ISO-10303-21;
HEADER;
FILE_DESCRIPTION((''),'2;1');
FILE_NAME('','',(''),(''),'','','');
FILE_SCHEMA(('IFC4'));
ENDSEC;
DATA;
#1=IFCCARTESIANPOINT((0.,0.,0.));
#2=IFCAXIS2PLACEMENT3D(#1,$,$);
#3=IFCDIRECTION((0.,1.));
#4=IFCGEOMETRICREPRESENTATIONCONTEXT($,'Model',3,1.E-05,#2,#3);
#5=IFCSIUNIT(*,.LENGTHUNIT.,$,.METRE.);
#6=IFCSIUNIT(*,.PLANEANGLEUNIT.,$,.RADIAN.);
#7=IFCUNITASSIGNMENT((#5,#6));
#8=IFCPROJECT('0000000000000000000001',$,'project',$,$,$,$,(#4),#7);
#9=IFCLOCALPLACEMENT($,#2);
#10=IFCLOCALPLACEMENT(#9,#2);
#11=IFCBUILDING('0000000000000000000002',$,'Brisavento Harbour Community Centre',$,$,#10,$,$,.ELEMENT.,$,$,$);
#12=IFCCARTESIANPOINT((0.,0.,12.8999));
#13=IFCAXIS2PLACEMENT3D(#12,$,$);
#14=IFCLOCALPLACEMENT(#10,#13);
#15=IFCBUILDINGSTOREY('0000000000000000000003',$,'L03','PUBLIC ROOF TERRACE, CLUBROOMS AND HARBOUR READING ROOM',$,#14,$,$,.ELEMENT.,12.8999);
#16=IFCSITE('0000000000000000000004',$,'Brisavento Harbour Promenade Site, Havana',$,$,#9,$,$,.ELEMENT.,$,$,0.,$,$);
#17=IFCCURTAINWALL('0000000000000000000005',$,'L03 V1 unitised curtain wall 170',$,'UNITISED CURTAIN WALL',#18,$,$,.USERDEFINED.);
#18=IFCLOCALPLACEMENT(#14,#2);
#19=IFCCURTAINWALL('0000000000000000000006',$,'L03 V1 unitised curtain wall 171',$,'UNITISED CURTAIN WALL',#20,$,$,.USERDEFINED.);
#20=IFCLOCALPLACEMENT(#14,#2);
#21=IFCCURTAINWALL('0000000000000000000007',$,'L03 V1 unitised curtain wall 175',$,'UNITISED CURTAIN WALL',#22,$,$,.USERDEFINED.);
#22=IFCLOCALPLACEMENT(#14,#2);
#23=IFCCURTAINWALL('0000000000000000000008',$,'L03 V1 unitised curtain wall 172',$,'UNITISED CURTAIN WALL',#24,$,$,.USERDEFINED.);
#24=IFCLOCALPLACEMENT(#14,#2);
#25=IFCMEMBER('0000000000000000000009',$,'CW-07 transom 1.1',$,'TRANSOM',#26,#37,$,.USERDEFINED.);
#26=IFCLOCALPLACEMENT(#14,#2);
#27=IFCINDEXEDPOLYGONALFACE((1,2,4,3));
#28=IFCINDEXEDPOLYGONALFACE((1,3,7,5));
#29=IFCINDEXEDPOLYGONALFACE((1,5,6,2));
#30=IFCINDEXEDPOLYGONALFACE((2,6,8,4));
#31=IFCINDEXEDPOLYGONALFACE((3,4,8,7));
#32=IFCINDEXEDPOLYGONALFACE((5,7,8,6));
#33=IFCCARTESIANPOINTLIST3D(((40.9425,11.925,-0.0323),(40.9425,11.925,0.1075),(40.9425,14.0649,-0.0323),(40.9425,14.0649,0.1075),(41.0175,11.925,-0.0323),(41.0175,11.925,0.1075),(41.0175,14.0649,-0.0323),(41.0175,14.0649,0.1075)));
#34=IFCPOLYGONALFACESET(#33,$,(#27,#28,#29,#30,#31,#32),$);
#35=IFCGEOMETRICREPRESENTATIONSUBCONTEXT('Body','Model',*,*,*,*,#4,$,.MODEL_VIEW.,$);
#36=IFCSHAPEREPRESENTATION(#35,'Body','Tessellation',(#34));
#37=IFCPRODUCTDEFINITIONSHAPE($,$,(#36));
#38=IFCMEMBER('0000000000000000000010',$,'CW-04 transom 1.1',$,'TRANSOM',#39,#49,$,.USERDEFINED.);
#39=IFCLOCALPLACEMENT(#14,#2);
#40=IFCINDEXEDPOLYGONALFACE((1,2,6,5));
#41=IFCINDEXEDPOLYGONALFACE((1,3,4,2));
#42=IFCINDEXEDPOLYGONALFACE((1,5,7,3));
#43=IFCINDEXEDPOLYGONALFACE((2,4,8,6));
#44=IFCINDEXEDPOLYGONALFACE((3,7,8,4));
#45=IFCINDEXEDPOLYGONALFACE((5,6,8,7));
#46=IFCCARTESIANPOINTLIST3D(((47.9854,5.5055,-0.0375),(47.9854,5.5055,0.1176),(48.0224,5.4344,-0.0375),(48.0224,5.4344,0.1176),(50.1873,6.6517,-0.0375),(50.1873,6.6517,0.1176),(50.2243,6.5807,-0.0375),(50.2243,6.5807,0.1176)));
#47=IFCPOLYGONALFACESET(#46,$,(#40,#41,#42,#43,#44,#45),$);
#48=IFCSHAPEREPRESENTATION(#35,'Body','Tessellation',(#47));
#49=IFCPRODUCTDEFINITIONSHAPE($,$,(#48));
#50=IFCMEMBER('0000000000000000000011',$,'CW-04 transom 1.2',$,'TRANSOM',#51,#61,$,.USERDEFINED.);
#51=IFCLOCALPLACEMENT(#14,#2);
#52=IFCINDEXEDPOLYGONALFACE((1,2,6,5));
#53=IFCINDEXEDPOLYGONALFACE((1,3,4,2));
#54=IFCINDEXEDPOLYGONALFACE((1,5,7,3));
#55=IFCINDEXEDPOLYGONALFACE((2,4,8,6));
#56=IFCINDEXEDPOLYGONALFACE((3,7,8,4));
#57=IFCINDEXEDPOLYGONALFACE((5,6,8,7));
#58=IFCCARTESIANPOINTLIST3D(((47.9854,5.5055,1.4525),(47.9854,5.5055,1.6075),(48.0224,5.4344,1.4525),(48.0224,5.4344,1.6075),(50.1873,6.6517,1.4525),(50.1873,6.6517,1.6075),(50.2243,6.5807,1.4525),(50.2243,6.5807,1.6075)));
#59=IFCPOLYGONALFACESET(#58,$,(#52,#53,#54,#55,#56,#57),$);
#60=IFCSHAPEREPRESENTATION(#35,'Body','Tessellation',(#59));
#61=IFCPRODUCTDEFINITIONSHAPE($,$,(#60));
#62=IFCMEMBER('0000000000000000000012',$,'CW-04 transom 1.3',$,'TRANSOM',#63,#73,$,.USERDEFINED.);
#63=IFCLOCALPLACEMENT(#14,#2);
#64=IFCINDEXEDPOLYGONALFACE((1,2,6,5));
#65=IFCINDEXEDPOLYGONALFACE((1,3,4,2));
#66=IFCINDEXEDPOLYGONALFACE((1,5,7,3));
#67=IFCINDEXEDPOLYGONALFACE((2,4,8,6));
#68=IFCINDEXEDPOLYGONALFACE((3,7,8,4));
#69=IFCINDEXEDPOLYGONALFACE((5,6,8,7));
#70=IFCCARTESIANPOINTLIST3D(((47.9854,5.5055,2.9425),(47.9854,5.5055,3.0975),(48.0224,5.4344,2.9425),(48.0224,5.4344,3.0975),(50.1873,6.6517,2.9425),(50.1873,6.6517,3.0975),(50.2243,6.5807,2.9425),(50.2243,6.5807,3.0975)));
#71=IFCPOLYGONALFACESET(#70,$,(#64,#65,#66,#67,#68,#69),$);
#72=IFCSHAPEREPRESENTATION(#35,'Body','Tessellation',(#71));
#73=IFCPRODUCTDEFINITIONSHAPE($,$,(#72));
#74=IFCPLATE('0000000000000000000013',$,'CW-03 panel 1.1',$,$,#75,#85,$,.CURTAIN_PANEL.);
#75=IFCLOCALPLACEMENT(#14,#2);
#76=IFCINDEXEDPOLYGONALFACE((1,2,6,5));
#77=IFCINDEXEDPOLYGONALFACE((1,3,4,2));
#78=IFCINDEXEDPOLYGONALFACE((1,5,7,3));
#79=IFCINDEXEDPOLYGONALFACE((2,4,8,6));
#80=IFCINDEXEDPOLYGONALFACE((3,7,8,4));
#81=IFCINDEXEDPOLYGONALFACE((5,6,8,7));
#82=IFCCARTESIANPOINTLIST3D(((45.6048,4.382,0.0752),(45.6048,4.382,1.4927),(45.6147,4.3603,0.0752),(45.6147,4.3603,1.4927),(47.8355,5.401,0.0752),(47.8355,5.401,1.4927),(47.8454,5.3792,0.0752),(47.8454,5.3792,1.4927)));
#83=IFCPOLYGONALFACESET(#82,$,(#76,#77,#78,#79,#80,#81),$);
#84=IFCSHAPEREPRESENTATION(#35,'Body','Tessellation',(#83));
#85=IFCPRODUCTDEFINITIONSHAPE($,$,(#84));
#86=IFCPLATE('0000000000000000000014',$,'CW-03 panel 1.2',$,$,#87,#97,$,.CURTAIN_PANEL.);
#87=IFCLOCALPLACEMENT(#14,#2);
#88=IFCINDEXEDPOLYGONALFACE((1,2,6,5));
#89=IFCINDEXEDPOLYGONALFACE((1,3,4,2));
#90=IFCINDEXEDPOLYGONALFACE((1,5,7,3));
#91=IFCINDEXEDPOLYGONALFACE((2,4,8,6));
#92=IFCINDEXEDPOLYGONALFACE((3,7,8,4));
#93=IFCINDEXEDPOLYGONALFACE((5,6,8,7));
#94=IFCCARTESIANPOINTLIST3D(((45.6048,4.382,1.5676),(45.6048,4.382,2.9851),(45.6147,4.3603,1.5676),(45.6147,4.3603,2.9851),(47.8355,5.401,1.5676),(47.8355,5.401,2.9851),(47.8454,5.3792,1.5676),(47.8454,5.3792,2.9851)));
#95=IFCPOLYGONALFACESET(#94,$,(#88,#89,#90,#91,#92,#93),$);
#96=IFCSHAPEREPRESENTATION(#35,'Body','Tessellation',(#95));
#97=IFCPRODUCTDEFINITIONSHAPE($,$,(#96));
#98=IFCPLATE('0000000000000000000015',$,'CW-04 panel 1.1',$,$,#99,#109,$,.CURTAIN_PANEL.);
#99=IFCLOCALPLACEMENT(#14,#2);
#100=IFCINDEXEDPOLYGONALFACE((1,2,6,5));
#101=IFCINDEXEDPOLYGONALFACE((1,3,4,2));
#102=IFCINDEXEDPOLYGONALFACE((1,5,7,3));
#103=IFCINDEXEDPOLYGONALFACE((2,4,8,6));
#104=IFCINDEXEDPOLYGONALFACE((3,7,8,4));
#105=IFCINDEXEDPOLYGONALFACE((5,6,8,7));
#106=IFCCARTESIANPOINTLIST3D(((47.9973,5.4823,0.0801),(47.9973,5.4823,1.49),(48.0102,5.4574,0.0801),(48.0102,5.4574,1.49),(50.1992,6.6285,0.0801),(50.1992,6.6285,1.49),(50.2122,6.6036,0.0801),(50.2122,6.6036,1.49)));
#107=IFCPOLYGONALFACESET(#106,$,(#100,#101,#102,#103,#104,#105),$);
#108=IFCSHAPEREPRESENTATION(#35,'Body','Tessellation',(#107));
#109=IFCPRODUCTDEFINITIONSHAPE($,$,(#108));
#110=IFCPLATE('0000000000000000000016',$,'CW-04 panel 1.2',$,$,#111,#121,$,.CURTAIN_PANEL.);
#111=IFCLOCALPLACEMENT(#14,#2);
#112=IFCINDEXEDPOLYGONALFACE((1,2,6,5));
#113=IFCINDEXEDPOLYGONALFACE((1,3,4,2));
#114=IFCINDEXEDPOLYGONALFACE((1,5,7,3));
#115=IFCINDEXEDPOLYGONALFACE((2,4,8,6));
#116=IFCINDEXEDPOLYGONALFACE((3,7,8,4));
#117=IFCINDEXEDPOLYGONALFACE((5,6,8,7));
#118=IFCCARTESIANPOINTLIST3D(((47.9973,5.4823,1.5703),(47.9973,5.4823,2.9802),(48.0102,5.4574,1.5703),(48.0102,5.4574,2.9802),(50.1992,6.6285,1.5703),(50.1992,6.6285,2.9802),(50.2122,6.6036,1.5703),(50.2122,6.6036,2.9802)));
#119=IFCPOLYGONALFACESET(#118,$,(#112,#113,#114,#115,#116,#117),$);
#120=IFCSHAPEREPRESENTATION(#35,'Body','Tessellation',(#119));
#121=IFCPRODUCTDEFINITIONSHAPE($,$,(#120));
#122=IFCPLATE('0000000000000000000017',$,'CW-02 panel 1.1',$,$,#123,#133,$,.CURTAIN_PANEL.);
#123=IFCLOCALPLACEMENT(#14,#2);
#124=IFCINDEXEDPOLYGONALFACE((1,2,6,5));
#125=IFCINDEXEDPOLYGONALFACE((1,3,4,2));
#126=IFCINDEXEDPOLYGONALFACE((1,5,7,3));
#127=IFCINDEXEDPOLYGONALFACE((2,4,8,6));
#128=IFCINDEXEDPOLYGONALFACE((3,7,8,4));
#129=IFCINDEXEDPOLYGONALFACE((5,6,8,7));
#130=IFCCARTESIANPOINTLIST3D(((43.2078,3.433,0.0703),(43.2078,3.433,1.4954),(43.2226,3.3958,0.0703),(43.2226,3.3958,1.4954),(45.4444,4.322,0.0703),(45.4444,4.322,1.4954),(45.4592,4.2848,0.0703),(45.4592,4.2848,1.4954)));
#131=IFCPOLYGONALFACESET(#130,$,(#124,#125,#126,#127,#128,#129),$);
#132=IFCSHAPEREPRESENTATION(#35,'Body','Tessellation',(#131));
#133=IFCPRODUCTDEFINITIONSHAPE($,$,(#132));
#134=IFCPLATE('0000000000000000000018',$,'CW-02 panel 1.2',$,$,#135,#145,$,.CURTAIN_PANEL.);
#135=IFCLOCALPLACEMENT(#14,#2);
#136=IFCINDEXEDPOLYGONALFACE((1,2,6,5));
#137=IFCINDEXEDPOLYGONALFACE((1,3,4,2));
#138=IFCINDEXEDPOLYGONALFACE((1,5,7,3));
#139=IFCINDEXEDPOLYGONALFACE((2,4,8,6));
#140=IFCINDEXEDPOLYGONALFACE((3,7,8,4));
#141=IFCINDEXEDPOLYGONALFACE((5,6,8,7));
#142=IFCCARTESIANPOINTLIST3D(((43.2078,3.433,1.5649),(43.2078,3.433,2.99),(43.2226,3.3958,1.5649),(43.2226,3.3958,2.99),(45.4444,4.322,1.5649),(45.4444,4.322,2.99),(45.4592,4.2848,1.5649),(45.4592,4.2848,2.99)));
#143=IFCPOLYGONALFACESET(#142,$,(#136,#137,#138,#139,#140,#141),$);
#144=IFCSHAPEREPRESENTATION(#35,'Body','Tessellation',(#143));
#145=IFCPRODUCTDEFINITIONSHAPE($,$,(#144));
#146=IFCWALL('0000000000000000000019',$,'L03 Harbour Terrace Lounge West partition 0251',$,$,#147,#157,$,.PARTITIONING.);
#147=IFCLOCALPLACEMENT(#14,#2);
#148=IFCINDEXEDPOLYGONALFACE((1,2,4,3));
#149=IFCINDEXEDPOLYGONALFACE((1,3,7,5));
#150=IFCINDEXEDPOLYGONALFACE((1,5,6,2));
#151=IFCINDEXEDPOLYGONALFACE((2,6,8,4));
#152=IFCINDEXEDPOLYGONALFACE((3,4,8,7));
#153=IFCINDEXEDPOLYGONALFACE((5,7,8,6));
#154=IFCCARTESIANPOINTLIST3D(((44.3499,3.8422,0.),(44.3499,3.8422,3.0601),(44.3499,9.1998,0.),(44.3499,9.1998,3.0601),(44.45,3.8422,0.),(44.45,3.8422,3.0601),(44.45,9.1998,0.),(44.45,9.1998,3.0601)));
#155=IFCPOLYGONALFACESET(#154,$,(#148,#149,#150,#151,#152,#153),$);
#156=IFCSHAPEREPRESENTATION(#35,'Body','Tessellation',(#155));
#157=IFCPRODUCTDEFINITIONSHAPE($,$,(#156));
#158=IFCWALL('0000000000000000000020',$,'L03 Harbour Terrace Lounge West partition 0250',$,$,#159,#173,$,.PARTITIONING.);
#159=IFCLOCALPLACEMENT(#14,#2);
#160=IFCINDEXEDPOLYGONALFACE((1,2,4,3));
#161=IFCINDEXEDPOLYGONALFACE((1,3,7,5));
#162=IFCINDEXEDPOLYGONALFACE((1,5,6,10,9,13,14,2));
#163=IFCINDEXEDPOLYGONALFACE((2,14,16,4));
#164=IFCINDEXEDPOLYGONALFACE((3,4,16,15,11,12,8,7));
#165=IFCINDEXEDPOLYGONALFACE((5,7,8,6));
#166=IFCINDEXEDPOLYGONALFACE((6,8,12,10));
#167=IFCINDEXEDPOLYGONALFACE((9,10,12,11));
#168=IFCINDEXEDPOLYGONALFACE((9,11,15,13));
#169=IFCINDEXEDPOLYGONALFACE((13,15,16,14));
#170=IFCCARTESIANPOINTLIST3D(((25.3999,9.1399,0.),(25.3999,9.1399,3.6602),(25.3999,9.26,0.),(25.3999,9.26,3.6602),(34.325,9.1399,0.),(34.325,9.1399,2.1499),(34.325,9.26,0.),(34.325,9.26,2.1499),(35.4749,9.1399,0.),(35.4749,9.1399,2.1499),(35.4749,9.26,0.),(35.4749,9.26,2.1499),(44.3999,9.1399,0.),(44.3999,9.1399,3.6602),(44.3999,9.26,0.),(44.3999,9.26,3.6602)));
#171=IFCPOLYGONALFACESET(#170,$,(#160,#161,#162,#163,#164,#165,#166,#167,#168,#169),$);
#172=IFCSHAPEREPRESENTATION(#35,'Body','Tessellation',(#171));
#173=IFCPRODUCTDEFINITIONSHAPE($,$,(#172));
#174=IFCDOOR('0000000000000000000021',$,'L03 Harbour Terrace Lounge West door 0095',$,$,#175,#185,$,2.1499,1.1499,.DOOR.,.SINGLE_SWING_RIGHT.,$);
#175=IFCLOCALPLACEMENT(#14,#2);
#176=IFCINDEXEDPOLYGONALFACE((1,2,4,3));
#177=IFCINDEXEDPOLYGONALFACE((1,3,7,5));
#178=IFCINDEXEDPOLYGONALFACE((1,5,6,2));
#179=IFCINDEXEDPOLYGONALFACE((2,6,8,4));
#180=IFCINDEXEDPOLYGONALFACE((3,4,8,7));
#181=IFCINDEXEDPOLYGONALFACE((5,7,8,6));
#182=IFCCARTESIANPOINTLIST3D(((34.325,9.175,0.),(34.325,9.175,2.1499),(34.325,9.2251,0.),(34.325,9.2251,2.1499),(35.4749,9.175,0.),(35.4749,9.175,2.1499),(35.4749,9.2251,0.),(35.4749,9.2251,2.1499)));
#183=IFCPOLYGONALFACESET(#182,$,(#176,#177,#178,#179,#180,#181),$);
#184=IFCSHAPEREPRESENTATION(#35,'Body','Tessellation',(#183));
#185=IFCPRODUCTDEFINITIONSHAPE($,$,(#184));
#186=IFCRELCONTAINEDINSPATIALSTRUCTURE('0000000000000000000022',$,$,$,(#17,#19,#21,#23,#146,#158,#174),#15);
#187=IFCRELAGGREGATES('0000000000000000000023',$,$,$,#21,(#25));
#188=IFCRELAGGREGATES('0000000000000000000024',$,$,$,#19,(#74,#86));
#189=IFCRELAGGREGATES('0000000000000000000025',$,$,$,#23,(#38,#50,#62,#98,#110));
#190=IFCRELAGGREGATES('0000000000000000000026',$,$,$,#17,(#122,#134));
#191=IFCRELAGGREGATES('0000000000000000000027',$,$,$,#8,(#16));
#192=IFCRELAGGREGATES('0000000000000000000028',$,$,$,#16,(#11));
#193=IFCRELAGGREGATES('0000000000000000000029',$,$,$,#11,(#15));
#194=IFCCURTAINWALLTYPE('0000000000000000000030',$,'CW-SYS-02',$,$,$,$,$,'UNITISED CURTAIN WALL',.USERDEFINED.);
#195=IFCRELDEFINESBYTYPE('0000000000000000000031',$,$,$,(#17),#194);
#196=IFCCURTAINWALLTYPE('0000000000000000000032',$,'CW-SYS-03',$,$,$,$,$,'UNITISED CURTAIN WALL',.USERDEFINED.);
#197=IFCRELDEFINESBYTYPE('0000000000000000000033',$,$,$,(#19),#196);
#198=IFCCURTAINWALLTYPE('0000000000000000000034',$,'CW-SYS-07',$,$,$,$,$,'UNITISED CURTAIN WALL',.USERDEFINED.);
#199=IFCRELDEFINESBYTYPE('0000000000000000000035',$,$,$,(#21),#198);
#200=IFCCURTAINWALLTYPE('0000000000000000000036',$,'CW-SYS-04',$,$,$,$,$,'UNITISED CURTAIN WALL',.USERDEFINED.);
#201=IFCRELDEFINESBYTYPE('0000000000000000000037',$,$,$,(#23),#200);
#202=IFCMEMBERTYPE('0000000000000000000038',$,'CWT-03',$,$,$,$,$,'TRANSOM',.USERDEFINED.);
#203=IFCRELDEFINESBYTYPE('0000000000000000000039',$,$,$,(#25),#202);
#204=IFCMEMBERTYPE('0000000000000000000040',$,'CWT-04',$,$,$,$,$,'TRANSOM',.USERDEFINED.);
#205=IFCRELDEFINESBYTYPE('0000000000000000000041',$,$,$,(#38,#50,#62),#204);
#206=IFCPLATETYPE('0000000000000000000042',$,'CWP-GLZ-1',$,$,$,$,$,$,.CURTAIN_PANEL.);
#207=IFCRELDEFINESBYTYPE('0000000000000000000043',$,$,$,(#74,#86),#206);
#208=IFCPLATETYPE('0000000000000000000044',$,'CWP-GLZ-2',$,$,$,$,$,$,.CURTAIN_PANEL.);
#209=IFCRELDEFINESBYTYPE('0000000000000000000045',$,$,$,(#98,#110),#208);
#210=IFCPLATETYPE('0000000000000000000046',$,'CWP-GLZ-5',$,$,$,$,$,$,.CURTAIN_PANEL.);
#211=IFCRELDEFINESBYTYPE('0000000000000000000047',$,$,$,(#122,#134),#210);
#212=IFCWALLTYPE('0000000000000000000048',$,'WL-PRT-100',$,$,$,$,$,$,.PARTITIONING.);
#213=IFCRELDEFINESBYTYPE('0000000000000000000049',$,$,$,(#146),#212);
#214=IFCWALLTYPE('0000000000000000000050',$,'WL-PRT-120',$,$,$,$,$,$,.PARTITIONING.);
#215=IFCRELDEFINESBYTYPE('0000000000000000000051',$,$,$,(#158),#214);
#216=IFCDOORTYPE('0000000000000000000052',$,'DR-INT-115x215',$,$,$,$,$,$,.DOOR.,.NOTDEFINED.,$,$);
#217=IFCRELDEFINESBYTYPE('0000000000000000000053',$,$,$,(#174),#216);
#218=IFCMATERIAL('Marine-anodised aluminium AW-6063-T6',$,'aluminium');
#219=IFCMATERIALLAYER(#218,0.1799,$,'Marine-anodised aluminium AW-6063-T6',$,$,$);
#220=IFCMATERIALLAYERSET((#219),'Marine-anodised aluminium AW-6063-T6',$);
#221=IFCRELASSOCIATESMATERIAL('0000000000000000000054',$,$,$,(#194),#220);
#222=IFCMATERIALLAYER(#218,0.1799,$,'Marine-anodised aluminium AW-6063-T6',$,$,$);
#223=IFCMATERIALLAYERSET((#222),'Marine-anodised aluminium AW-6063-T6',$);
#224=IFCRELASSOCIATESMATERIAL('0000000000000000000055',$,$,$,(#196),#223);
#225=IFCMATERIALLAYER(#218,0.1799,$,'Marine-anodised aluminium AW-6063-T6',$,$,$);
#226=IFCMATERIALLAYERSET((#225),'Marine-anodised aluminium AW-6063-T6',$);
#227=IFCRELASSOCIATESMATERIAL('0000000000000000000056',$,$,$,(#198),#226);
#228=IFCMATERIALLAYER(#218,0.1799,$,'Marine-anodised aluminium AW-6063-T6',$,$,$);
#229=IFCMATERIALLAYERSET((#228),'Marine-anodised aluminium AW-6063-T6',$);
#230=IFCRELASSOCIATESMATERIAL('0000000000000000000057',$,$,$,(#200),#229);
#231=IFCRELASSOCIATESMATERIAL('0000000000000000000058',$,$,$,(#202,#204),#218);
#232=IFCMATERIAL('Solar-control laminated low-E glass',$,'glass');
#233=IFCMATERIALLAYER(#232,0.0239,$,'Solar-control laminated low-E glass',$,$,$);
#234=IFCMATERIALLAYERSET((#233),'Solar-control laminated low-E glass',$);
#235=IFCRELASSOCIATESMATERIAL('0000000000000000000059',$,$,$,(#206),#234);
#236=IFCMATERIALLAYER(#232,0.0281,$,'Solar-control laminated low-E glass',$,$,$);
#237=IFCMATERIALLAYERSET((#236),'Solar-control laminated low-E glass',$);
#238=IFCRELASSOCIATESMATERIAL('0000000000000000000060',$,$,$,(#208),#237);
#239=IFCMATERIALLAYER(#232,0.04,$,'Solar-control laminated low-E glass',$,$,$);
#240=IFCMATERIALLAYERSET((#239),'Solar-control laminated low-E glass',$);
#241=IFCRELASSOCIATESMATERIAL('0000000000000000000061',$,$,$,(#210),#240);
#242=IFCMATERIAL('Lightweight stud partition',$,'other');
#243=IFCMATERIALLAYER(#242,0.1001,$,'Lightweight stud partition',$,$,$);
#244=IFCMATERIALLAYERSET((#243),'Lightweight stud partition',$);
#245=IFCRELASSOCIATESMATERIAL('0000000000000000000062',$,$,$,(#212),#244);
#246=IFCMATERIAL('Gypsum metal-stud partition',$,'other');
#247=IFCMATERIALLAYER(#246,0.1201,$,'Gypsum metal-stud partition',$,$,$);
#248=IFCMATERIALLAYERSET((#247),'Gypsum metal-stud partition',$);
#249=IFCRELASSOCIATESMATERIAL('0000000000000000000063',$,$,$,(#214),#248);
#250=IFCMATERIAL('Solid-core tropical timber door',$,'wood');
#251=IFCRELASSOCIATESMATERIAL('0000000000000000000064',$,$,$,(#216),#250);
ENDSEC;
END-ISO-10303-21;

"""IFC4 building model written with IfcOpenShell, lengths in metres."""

from ifc_helpers import new_model, si_unit, direction, frame, frame_2d, origin, origin_2d, place, context, subcontext, project, spatial, rectangle, extrude, material, layer, layer_set, material_profile, profile_set, type_object, element, fill, aggregate, save


model = new_model("IFC4")

# Units and contexts
model_context = context("Model", 3, precision=1e-05, world=origin(), true_north=direction((0.0, 1.0)))
body_context = subcontext(model_context, "Body", "Model", "MODEL_VIEW")
ifc_project = project(units=[si_unit("LENGTHUNIT", "METRE"), si_unit("PLANEANGLEUNIT", "RADIAN")], contexts=[model_context])

# Site, building, storey
site_placement = place(None, origin())
site = spatial("IfcSite", under=ifc_project, at=site_placement, Name="Brisavento Harbour Promenade Site, Havana", CompositionType="ELEMENT", RefElevation=0.0)
building_placement = place(site_placement, origin())
building = spatial("IfcBuilding", under=site, at=building_placement, Name="Brisavento Harbour Community Centre", CompositionType="ELEMENT")
storey_placement = place(building_placement, frame((0.0, 0.0, 12.8999)))
storey = spatial("IfcBuildingStorey", under=building, at=storey_placement, Name="L03", Description="PUBLIC ROOF TERRACE, CLUBROOMS AND HARBOUR READING ROOM", CompositionType="ELEMENT", Elevation=12.8999)

# Shared definitions
ifc_material_1 = material(Name="Marine-anodised aluminium AW-6063-T6", Category="aluminium")

# Curtain walls
ifc_layer_1 = layer(ifc_material_1, 0.1799, Name="Marine-anodised aluminium AW-6063-T6")
ifc_layer_set_1 = layer_set([ifc_layer_1], Name="Marine-anodised aluminium AW-6063-T6")
curtain_wall_type_1 = type_object("IfcCurtainWallType", Name="CW-SYS-02", ElementType="UNITISED CURTAIN WALL", PredefinedType="USERDEFINED", material=ifc_layer_set_1)
curtain_wall_1_placement = place(storey_placement, origin())
curtain_wall_1 = element("IfcCurtainWall", 1, at=curtain_wall_1_placement, inside=storey, type_object=curtain_wall_type_1, Name="L03 V1 unitised curtain wall 170", ObjectType="UNITISED CURTAIN WALL", PredefinedType="USERDEFINED")
ifc_layer_2 = layer(ifc_material_1, 0.1799, Name="Marine-anodised aluminium AW-6063-T6")
ifc_layer_set_2 = layer_set([ifc_layer_2], Name="Marine-anodised aluminium AW-6063-T6")
curtain_wall_type_2 = type_object("IfcCurtainWallType", Name="CW-SYS-03", ElementType="UNITISED CURTAIN WALL", PredefinedType="USERDEFINED", material=ifc_layer_set_2)
curtain_wall_2_placement = place(storey_placement, origin())
curtain_wall_2 = element("IfcCurtainWall", 2, at=curtain_wall_2_placement, inside=storey, type_object=curtain_wall_type_2, Name="L03 V1 unitised curtain wall 171", ObjectType="UNITISED CURTAIN WALL", PredefinedType="USERDEFINED")

# Curtain walls
ifc_layer_3 = layer(ifc_material_1, 0.1799, Name="Marine-anodised aluminium AW-6063-T6")
ifc_layer_set_3 = layer_set([ifc_layer_3], Name="Marine-anodised aluminium AW-6063-T6")
curtain_wall_type_3 = type_object("IfcCurtainWallType", Name="CW-SYS-07", ElementType="UNITISED CURTAIN WALL", PredefinedType="USERDEFINED", material=ifc_layer_set_3)
curtain_wall_3_placement = place(storey_placement, origin())
curtain_wall_3 = element("IfcCurtainWall", 3, at=curtain_wall_3_placement, inside=storey, type_object=curtain_wall_type_3, Name="L03 V1 unitised curtain wall 175", ObjectType="UNITISED CURTAIN WALL", PredefinedType="USERDEFINED")
ifc_layer_4 = layer(ifc_material_1, 0.1799, Name="Marine-anodised aluminium AW-6063-T6")
ifc_layer_set_4 = layer_set([ifc_layer_4], Name="Marine-anodised aluminium AW-6063-T6")
curtain_wall_type_4 = type_object("IfcCurtainWallType", Name="CW-SYS-04", ElementType="UNITISED CURTAIN WALL", PredefinedType="USERDEFINED", material=ifc_layer_set_4)
curtain_wall_4_placement = place(storey_placement, origin())
curtain_wall_4 = element("IfcCurtainWall", 4, at=curtain_wall_4_placement, inside=storey, type_object=curtain_wall_type_4, Name="L03 V1 unitised curtain wall 172", ObjectType="UNITISED CURTAIN WALL", PredefinedType="USERDEFINED")

# Members
ifc_material_profile_1 = material_profile(ifc_material_1, rectangle(XDim=0.075, YDim=0.1399, at=origin_2d()), Name="Marine-anodised aluminium AW-6063-T6")
ifc_profile_set_1 = profile_set([ifc_material_profile_1], Name="Marine-anodised aluminium AW-6063-T6")
member_type_1 = type_object("IfcMemberType", Name="CWT-03", ElementType="TRANSOM", PredefinedType="USERDEFINED", material=ifc_profile_set_1)
member_1_placement = place(storey_placement, frame((40.98, 11.925, 0.0376), z_axis=(0.0, 1.0, 0.0), x_axis=(-1.0, 0.0, 0.0)))
member_1 = element("IfcMember", 5, at=member_1_placement, type_object=member_type_1, Name="CW-07 transom 1.1", ObjectType="TRANSOM", PredefinedType="USERDEFINED", context=body_context, shape_type="SweptSolid", body=[
    extrude(rectangle(XDim=0.075, YDim=0.1399, at=origin_2d()), origin(), (0.0, 0.0, 1.0), 2.1399),
])
aggregate(curtain_wall_3, [member_1])
ifc_material_profile_2 = material_profile(ifc_material_1, rectangle(XDim=0.0801, YDim=0.155, at=origin_2d()), Name="Marine-anodised aluminium AW-6063-T6")
ifc_profile_set_2 = profile_set([ifc_material_profile_2], Name="Marine-anodised aluminium AW-6063-T6")
member_type_2 = type_object("IfcMemberType", Name="CWT-04", ElementType="TRANSOM", PredefinedType="USERDEFINED", material=ifc_profile_set_2)
member_2_placement = place(storey_placement, frame((50.2058, 6.6162, 0.04), z_axis=(-0.887011, -0.461749, 0.0), x_axis=(0.461749, -0.887011, 0.0)))
member_2 = element("IfcMember", 6, at=member_2_placement, type_object=member_type_2, Name="CW-04 transom 1.1", ObjectType="TRANSOM", PredefinedType="USERDEFINED", context=body_context, shape_type="SweptSolid", body=[
    extrude(rectangle(XDim=0.0801, YDim=0.155, at=origin_2d()), origin(), (0.0, 0.0, 1.0), 2.4824),
])
member_3_placement = place(storey_placement, frame((50.2058, 6.6162, 1.53), z_axis=(-0.887011, -0.461749, 0.0), x_axis=(0.461749, -0.887011, 0.0)))
member_3 = element("IfcMember", 7, at=member_3_placement, type_object=member_type_2, Name="CW-04 transom 1.2", ObjectType="TRANSOM", PredefinedType="USERDEFINED", context=body_context, shape_type="SweptSolid", body=[
    extrude(rectangle(XDim=0.0801, YDim=0.155, at=origin_2d()), origin(), (0.0, 0.0, 1.0), 2.4824),
])
member_4_placement = place(storey_placement, frame((50.2058, 6.6162, 3.02), z_axis=(-0.887011, -0.461749, 0.0), x_axis=(0.461749, -0.887011, 0.0)))
member_4 = element("IfcMember", 8, at=member_4_placement, type_object=member_type_2, Name="CW-04 transom 1.3", ObjectType="TRANSOM", PredefinedType="USERDEFINED", context=body_context, shape_type="SweptSolid", body=[
    extrude(rectangle(XDim=0.0801, YDim=0.155, at=origin_2d()), origin(), (0.0, 0.0, 1.0), 2.4824),
])

# Plates
ifc_material_2 = material(Name="Solar-control laminated low-E glass", Category="glass")
ifc_layer_5 = layer(ifc_material_2, 0.0239, Name="Solar-control laminated low-E glass")
ifc_layer_set_5 = layer_set([ifc_layer_5], Name="Solar-control laminated low-E glass")
plate_type_1 = type_object("IfcPlateType", Name="CWP-GLZ-1", PredefinedType="CURTAIN_PANEL", material=ifc_layer_set_5)
plate_1_placement = place(storey_placement, frame((46.7251, 4.8806, 0.0752), z_axis=(0.0, 0.0, 1.0), x_axis=(-0.909598, -0.41549, 0.0)))
plate_1 = element("IfcPlate", 9, at=plate_1_placement, type_object=plate_type_1, Name="CW-03 panel 1.1", PredefinedType="CURTAIN_PANEL", context=body_context, shape_type="SweptSolid", body=[
    extrude(rectangle(XDim=2.4524, YDim=0.0239, at=origin_2d()), origin(), (0.0, 0.0, 1.0), 1.4175),
])
plate_2_placement = place(storey_placement, frame((46.7251, 4.8806, 1.5676), z_axis=(0.0, 0.0, 1.0), x_axis=(-0.909598, -0.41549, 0.0)))
plate_2 = element("IfcPlate", 10, at=plate_2_placement, type_object=plate_type_1, Name="CW-03 panel 1.2", PredefinedType="CURTAIN_PANEL", context=body_context, shape_type="SweptSolid", body=[
    extrude(rectangle(XDim=2.4524, YDim=0.0239, at=origin_2d()), origin(), (0.0, 0.0, 1.0), 1.4175),
])
aggregate(curtain_wall_2, [plate_1, plate_2])
ifc_layer_6 = layer(ifc_material_2, 0.0281, Name="Solar-control laminated low-E glass")
ifc_layer_set_6 = layer_set([ifc_layer_6], Name="Solar-control laminated low-E glass")
plate_type_2 = type_object("IfcPlateType", Name="CWP-GLZ-2", PredefinedType="CURTAIN_PANEL", material=ifc_layer_set_6)
plate_3_placement = place(storey_placement, frame((49.1047, 6.043, 0.0801), z_axis=(0.0, 0.0, 1.0), x_axis=(-0.88702, -0.461732, 0.0)))
plate_3 = element("IfcPlate", 11, at=plate_3_placement, type_object=plate_type_2, Name="CW-04 panel 1.1", PredefinedType="CURTAIN_PANEL", context=body_context, shape_type="SweptSolid", body=[
    extrude(rectangle(XDim=2.4824, YDim=0.0281, at=origin_2d()), origin(), (0.0, 0.0, 1.0), 1.4099),
])
plate_4_placement = place(storey_placement, frame((49.1047, 6.043, 1.5703), z_axis=(0.0, 0.0, 1.0), x_axis=(-0.88702, -0.461732, 0.0)))
plate_4 = element("IfcPlate", 12, at=plate_4_placement, type_object=plate_type_2, Name="CW-04 panel 1.2", PredefinedType="CURTAIN_PANEL", context=body_context, shape_type="SweptSolid", body=[
    extrude(rectangle(XDim=2.4824, YDim=0.0281, at=origin_2d()), origin(), (0.0, 0.0, 1.0), 1.4099),
])
aggregate(curtain_wall_4, [member_2, member_3, member_4, plate_3, plate_4])
ifc_layer_7 = layer(ifc_material_2, 0.04, Name="Solar-control laminated low-E glass")
ifc_layer_set_7 = layer_set([ifc_layer_7], Name="Solar-control laminated low-E glass")
plate_type_3 = type_object("IfcPlateType", Name="CWP-GLZ-5", PredefinedType="CURTAIN_PANEL", material=ifc_layer_set_7)
plate_5_placement = place(storey_placement, frame((44.3335, 3.8589, 0.0703), z_axis=(0.0, 0.0, 1.0), x_axis=(-0.929279, -0.369379, 0.0)))
plate_5 = element("IfcPlate", 13, at=plate_5_placement, type_object=plate_type_3, Name="CW-02 panel 1.1", PredefinedType="CURTAIN_PANEL", context=body_context, shape_type="SweptSolid", body=[
    extrude(rectangle(XDim=2.4067, YDim=0.04, at=origin_2d()), origin(), (0.0, 0.0, 1.0), 1.425),
])
plate_6_placement = place(storey_placement, frame((44.3335, 3.8589, 1.5649), z_axis=(0.0, 0.0, 1.0), x_axis=(-0.929279, -0.369379, 0.0)))
plate_6 = element("IfcPlate", 14, at=plate_6_placement, type_object=plate_type_3, Name="CW-02 panel 1.2", PredefinedType="CURTAIN_PANEL", context=body_context, shape_type="SweptSolid", body=[
    extrude(rectangle(XDim=2.4067, YDim=0.04, at=origin_2d()), origin(), (0.0, 0.0, 1.0), 1.425),
])
aggregate(curtain_wall_1, [plate_5, plate_6])

# Wall
ifc_material_3 = material(Name="Lightweight stud partition", Category="other")
ifc_layer_8 = layer(ifc_material_3, 0.1001, Name="Lightweight stud partition")
ifc_layer_set_8 = layer_set([ifc_layer_8], Name="Lightweight stud partition")
wall_type_1 = type_object("IfcWallType", Name="WL-PRT-100", PredefinedType="PARTITIONING", material=ifc_layer_set_8)
wall_1_placement = place(storey_placement, frame((44.3999, 3.8423, 0.0), z_axis=(0.0, 0.0, 1.0), x_axis=(0.0, 1.0, 0.0)))
element("IfcWall", 15, at=wall_1_placement, inside=storey, type_object=wall_type_1, Name="L03 Harbour Terrace Lounge West partition 0251", PredefinedType="PARTITIONING", context=body_context, shape_type="SweptSolid", body=[
    extrude(rectangle(XDim=5.3577, YDim=0.1001, at=frame_2d((2.6787, 0.0))), origin(), (0.0, 0.0, 1.0), 3.0601),
])

# Wall, opening, door
ifc_material_4 = material(Name="Gypsum metal-stud partition", Category="other")
ifc_layer_9 = layer(ifc_material_4, 0.1201, Name="Gypsum metal-stud partition")
ifc_layer_set_9 = layer_set([ifc_layer_9], Name="Gypsum metal-stud partition")
wall_type_2 = type_object("IfcWallType", Name="WL-PRT-120", PredefinedType="PARTITIONING", material=ifc_layer_set_9)
wall_2_placement = place(storey_placement, frame((44.3999, 9.2, 0.0), z_axis=(0.0, 0.0, 1.0), x_axis=(-1.0, 0.0, 0.0)))
wall_2 = element("IfcWall", 16, at=wall_2_placement, inside=storey, type_object=wall_type_2, Name="L03 Harbour Terrace Lounge West partition 0250", PredefinedType="PARTITIONING", context=body_context, shape_type="SweptSolid", body=[
    extrude(rectangle(XDim=19.0, YDim=0.1201, at=frame_2d((9.5, 0.0))), origin(), (0.0, 0.0, 1.0), 3.6602),
])
opening_placement = place(wall_2_placement, frame((8.925, 0.0, 0.0)))
opening = element("IfcOpeningElement", 17, at=opening_placement, cuts=wall_2, PredefinedType="OPENING", context=body_context, shape_type="SweptSolid", body=[
    extrude(rectangle(XDim=1.1499, YDim=2.1499, at=frame_2d((0.575, 1.075))), frame((0.0, 0.0701, 0.0), z_axis=(0.0, -1.0, 0.0), x_axis=(1.0, 0.0, 0.0)), (0.0, 0.0, 1.0), 0.1401),
])
ifc_material_5 = material(Name="Solid-core tropical timber door", Category="wood")
door_type = type_object("IfcDoorType", Name="DR-INT-115x215", OperationType="NOTDEFINED", PredefinedType="DOOR", material=ifc_material_5)
door_placement = place(opening_placement, origin())
door = element("IfcDoor", 18, at=door_placement, inside=storey, type_object=door_type, Name="L03 Harbour Terrace Lounge West door 0095", OperationType="SINGLE_SWING_RIGHT", OverallHeight=2.1499, OverallWidth=1.1499, PredefinedType="DOOR", context=body_context, shape_type="SweptSolid", body=[
    extrude(rectangle(XDim=1.1499, YDim=2.1499, at=frame_2d((0.575, 1.075))), frame((0.0, 0.0249, 0.0), z_axis=(0.0, -1.0, 0.0), x_axis=(1.0, 0.0, 0.0)), (0.0, 0.0, 1.0), 0.05),
])
fill(opening, door)

save(model, "model.ifc")
